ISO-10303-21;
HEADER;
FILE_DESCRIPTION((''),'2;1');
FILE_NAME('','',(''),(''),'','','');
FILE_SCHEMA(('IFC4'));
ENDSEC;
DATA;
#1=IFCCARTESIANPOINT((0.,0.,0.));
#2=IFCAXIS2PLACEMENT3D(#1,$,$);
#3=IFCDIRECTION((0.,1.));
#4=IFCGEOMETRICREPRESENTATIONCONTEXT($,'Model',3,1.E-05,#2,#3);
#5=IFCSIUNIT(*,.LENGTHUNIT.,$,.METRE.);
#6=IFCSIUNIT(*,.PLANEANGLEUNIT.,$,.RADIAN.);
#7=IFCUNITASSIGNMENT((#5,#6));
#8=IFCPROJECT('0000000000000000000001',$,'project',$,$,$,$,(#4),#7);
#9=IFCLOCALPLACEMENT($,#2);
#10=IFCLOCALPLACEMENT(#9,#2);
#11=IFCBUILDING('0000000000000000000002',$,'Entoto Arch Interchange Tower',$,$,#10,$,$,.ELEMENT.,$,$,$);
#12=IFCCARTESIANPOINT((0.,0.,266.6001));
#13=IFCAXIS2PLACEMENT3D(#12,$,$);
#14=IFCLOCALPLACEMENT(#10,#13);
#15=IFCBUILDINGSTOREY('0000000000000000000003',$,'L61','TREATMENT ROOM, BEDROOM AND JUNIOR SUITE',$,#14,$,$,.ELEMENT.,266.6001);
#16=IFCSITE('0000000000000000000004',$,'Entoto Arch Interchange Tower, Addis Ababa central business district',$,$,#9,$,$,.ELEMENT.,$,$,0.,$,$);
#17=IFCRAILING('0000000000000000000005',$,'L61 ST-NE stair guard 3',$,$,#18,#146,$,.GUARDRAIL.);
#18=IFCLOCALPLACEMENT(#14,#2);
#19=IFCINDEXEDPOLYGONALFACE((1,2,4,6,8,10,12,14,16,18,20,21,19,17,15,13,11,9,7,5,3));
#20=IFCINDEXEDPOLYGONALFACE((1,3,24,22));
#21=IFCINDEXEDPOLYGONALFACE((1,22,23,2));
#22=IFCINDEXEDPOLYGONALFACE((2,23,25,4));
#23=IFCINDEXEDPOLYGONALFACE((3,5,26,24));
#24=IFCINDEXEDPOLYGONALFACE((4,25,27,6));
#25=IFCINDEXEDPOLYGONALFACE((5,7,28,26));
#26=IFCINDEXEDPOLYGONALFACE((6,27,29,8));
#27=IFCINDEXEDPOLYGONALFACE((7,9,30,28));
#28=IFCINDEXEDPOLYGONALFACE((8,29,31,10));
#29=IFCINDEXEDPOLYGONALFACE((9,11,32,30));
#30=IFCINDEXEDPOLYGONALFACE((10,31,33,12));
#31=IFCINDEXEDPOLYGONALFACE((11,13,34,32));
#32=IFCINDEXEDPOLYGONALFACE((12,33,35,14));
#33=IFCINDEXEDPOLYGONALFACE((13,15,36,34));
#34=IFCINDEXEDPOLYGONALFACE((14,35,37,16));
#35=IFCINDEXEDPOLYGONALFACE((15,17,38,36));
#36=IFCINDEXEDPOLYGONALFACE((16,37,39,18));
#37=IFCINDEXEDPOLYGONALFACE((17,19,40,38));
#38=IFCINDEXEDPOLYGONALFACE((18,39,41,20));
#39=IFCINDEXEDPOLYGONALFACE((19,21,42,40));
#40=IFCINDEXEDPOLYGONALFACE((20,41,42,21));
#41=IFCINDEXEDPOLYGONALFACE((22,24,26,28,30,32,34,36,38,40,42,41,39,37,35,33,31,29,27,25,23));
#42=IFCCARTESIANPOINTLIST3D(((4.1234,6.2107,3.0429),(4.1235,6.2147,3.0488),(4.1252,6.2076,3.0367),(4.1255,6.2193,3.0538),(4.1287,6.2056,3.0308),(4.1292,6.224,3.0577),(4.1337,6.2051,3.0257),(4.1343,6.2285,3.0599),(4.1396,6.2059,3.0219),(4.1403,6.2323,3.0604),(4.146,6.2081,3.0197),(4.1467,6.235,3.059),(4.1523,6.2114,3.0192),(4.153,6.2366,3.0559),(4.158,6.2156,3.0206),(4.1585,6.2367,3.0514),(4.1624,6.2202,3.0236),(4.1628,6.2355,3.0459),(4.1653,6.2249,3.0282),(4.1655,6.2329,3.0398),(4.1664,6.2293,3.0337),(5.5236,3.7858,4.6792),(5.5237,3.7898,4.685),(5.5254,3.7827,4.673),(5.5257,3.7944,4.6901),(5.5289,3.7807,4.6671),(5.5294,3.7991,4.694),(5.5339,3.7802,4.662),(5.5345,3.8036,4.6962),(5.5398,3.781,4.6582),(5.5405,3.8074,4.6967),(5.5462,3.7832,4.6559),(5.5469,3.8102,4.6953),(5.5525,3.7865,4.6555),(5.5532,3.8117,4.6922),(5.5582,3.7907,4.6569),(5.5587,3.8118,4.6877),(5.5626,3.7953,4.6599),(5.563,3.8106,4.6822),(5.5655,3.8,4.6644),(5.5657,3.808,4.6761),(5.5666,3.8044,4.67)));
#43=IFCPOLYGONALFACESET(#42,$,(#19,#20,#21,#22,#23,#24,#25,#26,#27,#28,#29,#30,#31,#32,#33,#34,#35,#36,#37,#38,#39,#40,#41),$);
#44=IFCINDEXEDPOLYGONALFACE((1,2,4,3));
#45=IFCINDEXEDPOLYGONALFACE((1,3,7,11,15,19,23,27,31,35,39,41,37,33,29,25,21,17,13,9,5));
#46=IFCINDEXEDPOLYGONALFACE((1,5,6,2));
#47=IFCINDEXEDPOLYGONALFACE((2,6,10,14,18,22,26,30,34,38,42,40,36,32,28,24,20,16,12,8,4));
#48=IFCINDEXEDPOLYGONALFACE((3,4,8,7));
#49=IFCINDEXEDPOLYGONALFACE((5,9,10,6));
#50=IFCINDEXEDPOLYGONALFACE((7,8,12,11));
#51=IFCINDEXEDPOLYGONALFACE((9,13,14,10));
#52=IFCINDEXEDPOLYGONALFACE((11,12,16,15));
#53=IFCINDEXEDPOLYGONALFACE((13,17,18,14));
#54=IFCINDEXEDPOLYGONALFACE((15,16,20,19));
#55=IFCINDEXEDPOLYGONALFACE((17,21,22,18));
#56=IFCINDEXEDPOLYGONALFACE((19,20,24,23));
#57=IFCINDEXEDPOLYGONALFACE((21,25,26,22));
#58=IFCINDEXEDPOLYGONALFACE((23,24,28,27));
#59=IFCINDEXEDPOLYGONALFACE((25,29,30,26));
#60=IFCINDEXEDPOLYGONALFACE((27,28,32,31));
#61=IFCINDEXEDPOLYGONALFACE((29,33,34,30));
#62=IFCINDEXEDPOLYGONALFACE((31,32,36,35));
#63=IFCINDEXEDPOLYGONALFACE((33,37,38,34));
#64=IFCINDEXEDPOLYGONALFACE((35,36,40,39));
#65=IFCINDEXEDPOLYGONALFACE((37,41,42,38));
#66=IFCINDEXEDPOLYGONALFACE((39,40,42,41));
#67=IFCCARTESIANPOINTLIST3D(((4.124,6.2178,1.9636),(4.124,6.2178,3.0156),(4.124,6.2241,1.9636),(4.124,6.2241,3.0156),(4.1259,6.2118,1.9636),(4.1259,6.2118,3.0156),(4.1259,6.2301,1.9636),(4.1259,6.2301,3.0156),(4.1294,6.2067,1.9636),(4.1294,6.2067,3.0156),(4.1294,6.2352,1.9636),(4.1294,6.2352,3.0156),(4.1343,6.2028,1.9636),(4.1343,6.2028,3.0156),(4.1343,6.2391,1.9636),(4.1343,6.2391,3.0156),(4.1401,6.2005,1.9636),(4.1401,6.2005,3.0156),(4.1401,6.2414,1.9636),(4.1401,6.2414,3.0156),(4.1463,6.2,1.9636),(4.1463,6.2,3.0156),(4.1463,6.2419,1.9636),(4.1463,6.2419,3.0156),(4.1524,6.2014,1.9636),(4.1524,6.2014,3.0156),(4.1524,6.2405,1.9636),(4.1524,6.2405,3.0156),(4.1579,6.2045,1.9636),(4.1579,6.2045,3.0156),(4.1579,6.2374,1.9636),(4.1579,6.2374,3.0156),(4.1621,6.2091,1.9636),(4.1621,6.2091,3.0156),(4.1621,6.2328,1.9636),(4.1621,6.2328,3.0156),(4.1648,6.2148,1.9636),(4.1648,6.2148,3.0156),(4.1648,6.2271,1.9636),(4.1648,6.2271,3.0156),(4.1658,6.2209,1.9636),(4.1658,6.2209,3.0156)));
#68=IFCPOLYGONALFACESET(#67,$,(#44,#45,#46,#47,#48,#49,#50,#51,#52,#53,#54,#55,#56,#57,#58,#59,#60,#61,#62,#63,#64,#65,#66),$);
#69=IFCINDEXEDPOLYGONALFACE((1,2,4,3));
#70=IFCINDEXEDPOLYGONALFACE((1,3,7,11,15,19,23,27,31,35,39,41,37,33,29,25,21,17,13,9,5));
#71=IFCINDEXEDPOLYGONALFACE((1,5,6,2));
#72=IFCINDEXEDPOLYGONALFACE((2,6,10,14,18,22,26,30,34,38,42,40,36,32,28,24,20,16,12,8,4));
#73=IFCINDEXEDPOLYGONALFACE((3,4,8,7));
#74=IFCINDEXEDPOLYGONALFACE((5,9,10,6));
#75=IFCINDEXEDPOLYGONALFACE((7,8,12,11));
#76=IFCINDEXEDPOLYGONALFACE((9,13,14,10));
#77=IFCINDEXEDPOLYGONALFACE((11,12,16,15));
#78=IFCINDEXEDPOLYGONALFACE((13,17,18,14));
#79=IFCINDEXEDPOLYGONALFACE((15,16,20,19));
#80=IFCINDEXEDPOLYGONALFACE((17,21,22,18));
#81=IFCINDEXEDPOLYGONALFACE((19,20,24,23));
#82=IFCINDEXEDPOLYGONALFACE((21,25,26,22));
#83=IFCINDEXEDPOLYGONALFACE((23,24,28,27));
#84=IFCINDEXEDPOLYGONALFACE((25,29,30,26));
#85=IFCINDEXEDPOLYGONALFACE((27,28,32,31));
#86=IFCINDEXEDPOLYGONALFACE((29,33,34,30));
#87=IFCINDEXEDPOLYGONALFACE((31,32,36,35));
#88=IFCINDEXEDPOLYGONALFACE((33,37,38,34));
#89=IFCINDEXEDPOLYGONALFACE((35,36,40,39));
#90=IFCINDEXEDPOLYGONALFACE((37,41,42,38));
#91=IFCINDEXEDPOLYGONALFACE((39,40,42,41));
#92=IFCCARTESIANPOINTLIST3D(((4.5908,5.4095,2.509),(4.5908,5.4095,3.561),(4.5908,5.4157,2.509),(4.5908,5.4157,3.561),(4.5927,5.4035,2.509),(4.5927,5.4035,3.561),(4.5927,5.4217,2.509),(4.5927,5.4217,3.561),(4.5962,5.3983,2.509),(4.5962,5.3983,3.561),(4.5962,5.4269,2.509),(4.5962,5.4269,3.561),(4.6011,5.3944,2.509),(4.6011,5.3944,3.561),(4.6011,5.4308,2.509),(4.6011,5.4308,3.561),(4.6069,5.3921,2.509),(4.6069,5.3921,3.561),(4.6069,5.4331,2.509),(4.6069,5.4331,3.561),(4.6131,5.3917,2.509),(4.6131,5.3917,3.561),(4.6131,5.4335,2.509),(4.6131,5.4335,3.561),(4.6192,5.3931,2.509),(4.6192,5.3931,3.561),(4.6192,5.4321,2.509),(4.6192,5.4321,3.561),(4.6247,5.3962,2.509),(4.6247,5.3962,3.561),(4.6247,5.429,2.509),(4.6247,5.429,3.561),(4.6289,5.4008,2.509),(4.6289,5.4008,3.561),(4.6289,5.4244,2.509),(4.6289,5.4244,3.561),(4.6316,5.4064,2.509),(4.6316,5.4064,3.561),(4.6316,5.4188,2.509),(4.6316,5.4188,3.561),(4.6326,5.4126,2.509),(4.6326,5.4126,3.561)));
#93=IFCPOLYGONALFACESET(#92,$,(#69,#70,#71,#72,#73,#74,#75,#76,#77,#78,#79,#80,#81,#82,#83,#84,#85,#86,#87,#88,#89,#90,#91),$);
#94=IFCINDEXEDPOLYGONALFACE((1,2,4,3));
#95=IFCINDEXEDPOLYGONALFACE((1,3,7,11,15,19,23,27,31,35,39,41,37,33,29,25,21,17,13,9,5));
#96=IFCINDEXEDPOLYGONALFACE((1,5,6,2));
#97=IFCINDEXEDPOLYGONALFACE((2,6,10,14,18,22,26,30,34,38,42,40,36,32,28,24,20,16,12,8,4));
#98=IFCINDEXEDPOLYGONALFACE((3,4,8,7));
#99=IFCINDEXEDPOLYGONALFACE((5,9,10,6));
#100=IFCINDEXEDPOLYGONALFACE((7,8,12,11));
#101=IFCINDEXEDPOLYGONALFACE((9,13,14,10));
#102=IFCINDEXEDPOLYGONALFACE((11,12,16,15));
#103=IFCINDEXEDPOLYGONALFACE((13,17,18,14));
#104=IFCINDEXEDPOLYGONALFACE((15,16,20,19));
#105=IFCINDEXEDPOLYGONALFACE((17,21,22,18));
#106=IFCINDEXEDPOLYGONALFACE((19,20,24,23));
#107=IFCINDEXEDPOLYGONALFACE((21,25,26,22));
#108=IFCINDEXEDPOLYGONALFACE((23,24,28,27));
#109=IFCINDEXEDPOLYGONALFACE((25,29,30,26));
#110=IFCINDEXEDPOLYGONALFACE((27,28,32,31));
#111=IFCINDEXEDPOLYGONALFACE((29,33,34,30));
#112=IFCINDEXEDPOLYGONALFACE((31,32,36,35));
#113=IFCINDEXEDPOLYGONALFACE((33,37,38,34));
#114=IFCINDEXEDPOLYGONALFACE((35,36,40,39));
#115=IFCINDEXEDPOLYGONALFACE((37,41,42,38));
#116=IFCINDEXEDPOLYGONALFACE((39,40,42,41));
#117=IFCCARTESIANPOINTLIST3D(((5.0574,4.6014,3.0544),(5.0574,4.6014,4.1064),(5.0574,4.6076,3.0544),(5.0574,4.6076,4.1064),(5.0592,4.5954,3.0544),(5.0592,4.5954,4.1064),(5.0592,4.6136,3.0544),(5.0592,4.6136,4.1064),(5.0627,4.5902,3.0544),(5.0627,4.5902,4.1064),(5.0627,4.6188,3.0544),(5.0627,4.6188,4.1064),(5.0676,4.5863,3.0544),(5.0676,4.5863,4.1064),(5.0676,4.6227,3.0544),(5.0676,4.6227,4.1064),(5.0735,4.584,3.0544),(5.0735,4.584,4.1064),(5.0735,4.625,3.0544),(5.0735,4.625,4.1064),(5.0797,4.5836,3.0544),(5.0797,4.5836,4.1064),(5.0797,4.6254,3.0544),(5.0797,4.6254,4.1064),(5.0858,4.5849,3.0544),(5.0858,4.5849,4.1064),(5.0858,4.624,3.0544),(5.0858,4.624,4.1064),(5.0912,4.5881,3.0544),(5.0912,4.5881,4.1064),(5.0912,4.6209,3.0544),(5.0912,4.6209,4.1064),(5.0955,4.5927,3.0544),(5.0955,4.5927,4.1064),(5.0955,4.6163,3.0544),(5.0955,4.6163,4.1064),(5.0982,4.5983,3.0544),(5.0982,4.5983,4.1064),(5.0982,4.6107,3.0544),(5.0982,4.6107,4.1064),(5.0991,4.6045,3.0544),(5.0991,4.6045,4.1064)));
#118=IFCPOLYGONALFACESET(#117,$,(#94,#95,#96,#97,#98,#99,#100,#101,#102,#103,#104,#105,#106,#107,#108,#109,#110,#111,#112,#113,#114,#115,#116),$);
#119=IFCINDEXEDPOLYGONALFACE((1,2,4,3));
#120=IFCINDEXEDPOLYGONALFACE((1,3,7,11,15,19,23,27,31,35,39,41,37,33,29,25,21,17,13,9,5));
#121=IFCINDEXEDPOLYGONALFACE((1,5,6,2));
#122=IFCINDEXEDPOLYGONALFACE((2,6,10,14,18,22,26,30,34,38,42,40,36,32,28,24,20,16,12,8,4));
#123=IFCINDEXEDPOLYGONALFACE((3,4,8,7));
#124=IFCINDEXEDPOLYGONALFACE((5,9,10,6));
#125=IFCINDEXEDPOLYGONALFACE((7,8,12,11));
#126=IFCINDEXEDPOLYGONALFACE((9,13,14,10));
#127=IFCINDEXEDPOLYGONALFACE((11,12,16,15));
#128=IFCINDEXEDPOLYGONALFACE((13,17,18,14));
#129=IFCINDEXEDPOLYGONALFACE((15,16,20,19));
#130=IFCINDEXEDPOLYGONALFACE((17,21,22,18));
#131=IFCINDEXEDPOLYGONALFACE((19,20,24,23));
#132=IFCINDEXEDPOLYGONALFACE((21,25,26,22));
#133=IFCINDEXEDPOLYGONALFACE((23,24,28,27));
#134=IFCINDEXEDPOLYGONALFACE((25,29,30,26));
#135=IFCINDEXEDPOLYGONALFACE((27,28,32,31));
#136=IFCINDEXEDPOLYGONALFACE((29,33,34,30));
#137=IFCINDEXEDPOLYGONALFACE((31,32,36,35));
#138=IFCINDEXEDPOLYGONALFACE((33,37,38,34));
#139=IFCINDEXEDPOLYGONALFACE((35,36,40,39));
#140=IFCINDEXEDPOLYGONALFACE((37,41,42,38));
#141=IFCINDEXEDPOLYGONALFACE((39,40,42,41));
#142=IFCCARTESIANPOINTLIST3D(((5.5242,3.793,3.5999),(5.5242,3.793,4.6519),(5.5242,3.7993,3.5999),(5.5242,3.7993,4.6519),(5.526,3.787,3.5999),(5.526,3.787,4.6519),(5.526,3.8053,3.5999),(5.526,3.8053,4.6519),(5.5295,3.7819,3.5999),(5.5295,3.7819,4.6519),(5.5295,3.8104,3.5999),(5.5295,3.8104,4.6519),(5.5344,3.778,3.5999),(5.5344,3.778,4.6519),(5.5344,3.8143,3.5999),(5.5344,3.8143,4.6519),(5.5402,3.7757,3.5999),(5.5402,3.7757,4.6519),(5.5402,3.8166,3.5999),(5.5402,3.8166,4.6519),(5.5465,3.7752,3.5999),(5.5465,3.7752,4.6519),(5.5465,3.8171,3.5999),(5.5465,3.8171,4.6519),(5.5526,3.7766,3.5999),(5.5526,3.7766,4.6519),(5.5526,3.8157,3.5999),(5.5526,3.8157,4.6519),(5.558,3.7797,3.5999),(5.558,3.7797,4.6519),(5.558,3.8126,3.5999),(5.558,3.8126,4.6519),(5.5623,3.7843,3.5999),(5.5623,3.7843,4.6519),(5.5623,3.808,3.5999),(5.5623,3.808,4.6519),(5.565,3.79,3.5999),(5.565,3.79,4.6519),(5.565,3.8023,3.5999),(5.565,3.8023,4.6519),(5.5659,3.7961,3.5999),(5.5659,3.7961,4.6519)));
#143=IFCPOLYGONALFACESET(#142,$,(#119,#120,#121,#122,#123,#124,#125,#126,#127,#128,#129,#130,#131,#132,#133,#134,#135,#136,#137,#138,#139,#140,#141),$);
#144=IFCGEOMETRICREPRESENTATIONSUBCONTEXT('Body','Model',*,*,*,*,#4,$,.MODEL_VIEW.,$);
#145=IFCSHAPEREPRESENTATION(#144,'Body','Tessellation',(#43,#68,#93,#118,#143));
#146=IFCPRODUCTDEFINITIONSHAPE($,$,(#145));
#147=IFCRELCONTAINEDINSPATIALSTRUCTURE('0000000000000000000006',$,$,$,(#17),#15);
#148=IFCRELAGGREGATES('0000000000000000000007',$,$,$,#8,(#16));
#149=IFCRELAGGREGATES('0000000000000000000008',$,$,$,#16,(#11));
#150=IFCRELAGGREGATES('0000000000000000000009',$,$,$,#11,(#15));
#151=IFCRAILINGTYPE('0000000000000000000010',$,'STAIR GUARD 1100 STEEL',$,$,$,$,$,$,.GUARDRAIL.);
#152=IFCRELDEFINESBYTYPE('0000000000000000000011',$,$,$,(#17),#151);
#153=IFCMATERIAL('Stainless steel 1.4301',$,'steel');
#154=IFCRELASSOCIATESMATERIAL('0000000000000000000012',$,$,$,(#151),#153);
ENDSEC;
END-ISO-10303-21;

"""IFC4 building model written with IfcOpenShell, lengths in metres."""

from ifc_helpers import new_model, si_unit, direction, frame, origin, origin_2d, place, context, subcontext, project, spatial, circle, extrude, material, type_object, element, save


model = new_model("IFC4")

# Units and contexts
model_context = context("Model", 3, precision=1e-05, world=origin(), true_north=direction((0.0, 1.0)))
body_context = subcontext(model_context, "Body", "Model", "MODEL_VIEW")
ifc_project = project(units=[si_unit("LENGTHUNIT", "METRE"), si_unit("PLANEANGLEUNIT", "RADIAN")], contexts=[model_context])

# Site, building, storey
site_placement = place(None, origin())
site = spatial("IfcSite", under=ifc_project, at=site_placement, Name="Entoto Arch Interchange Tower, Addis Ababa central business district", CompositionType="ELEMENT", RefElevation=0.0)
building_placement = place(site_placement, origin())
building = spatial("IfcBuilding", under=site, at=building_placement, Name="Entoto Arch Interchange Tower", CompositionType="ELEMENT")
storey_placement = place(building_placement, frame((0.0, 0.0, 266.6001)))
storey = spatial("IfcBuildingStorey", under=building, at=storey_placement, Name="L61", Description="TREATMENT ROOM, BEDROOM AND JUNIOR SUITE", CompositionType="ELEMENT", Elevation=266.6001)

# Railing
ifc_material_1 = material(Name="Stainless steel 1.4301", Category="steel")
railing_type_1 = type_object("IfcRailingType", Name="STAIR GUARD 1100 STEEL", PredefinedType="GUARDRAIL", material=ifc_material_1)
railing_1_placement = place(storey_placement, frame((4.1448, 6.2209, 1.9636)))
element("IfcRailing", 1, at=railing_1_placement, inside=storey, type_object=railing_type_1, Name="L61 ST-NE stair guard 3", PredefinedType="GUARDRAIL", context=body_context, shape_type="SweptSolid", body=[
    extrude(circle(Radius=0.0239, at=origin_2d()), frame((0.0, 0.0, 1.0762), z_axis=(0.431738, -0.747694, 0.504535), x_axis=(0.865997, 0.50005, 0.0)), (0.0, 0.0, 1.0), 3.2432),
    extrude(circle(Radius=0.021, at=origin_2d()), origin(), (0.0, 0.0, 1.0), 1.052),
    extrude(circle(Radius=0.021, at=origin_2d()), frame((0.4668, -0.8083, 0.5454)), (0.0, 0.0, 1.0), 1.052),
    extrude(circle(Radius=0.021, at=origin_2d()), frame((0.9333, -1.6165, 1.0908)), (0.0, 0.0, 1.0), 1.052),
    extrude(circle(Radius=0.021, at=origin_2d()), frame((1.4001, -2.4248, 1.6362)), (0.0, 0.0, 1.0), 1.052),
])

save(model, "model.ifc")
